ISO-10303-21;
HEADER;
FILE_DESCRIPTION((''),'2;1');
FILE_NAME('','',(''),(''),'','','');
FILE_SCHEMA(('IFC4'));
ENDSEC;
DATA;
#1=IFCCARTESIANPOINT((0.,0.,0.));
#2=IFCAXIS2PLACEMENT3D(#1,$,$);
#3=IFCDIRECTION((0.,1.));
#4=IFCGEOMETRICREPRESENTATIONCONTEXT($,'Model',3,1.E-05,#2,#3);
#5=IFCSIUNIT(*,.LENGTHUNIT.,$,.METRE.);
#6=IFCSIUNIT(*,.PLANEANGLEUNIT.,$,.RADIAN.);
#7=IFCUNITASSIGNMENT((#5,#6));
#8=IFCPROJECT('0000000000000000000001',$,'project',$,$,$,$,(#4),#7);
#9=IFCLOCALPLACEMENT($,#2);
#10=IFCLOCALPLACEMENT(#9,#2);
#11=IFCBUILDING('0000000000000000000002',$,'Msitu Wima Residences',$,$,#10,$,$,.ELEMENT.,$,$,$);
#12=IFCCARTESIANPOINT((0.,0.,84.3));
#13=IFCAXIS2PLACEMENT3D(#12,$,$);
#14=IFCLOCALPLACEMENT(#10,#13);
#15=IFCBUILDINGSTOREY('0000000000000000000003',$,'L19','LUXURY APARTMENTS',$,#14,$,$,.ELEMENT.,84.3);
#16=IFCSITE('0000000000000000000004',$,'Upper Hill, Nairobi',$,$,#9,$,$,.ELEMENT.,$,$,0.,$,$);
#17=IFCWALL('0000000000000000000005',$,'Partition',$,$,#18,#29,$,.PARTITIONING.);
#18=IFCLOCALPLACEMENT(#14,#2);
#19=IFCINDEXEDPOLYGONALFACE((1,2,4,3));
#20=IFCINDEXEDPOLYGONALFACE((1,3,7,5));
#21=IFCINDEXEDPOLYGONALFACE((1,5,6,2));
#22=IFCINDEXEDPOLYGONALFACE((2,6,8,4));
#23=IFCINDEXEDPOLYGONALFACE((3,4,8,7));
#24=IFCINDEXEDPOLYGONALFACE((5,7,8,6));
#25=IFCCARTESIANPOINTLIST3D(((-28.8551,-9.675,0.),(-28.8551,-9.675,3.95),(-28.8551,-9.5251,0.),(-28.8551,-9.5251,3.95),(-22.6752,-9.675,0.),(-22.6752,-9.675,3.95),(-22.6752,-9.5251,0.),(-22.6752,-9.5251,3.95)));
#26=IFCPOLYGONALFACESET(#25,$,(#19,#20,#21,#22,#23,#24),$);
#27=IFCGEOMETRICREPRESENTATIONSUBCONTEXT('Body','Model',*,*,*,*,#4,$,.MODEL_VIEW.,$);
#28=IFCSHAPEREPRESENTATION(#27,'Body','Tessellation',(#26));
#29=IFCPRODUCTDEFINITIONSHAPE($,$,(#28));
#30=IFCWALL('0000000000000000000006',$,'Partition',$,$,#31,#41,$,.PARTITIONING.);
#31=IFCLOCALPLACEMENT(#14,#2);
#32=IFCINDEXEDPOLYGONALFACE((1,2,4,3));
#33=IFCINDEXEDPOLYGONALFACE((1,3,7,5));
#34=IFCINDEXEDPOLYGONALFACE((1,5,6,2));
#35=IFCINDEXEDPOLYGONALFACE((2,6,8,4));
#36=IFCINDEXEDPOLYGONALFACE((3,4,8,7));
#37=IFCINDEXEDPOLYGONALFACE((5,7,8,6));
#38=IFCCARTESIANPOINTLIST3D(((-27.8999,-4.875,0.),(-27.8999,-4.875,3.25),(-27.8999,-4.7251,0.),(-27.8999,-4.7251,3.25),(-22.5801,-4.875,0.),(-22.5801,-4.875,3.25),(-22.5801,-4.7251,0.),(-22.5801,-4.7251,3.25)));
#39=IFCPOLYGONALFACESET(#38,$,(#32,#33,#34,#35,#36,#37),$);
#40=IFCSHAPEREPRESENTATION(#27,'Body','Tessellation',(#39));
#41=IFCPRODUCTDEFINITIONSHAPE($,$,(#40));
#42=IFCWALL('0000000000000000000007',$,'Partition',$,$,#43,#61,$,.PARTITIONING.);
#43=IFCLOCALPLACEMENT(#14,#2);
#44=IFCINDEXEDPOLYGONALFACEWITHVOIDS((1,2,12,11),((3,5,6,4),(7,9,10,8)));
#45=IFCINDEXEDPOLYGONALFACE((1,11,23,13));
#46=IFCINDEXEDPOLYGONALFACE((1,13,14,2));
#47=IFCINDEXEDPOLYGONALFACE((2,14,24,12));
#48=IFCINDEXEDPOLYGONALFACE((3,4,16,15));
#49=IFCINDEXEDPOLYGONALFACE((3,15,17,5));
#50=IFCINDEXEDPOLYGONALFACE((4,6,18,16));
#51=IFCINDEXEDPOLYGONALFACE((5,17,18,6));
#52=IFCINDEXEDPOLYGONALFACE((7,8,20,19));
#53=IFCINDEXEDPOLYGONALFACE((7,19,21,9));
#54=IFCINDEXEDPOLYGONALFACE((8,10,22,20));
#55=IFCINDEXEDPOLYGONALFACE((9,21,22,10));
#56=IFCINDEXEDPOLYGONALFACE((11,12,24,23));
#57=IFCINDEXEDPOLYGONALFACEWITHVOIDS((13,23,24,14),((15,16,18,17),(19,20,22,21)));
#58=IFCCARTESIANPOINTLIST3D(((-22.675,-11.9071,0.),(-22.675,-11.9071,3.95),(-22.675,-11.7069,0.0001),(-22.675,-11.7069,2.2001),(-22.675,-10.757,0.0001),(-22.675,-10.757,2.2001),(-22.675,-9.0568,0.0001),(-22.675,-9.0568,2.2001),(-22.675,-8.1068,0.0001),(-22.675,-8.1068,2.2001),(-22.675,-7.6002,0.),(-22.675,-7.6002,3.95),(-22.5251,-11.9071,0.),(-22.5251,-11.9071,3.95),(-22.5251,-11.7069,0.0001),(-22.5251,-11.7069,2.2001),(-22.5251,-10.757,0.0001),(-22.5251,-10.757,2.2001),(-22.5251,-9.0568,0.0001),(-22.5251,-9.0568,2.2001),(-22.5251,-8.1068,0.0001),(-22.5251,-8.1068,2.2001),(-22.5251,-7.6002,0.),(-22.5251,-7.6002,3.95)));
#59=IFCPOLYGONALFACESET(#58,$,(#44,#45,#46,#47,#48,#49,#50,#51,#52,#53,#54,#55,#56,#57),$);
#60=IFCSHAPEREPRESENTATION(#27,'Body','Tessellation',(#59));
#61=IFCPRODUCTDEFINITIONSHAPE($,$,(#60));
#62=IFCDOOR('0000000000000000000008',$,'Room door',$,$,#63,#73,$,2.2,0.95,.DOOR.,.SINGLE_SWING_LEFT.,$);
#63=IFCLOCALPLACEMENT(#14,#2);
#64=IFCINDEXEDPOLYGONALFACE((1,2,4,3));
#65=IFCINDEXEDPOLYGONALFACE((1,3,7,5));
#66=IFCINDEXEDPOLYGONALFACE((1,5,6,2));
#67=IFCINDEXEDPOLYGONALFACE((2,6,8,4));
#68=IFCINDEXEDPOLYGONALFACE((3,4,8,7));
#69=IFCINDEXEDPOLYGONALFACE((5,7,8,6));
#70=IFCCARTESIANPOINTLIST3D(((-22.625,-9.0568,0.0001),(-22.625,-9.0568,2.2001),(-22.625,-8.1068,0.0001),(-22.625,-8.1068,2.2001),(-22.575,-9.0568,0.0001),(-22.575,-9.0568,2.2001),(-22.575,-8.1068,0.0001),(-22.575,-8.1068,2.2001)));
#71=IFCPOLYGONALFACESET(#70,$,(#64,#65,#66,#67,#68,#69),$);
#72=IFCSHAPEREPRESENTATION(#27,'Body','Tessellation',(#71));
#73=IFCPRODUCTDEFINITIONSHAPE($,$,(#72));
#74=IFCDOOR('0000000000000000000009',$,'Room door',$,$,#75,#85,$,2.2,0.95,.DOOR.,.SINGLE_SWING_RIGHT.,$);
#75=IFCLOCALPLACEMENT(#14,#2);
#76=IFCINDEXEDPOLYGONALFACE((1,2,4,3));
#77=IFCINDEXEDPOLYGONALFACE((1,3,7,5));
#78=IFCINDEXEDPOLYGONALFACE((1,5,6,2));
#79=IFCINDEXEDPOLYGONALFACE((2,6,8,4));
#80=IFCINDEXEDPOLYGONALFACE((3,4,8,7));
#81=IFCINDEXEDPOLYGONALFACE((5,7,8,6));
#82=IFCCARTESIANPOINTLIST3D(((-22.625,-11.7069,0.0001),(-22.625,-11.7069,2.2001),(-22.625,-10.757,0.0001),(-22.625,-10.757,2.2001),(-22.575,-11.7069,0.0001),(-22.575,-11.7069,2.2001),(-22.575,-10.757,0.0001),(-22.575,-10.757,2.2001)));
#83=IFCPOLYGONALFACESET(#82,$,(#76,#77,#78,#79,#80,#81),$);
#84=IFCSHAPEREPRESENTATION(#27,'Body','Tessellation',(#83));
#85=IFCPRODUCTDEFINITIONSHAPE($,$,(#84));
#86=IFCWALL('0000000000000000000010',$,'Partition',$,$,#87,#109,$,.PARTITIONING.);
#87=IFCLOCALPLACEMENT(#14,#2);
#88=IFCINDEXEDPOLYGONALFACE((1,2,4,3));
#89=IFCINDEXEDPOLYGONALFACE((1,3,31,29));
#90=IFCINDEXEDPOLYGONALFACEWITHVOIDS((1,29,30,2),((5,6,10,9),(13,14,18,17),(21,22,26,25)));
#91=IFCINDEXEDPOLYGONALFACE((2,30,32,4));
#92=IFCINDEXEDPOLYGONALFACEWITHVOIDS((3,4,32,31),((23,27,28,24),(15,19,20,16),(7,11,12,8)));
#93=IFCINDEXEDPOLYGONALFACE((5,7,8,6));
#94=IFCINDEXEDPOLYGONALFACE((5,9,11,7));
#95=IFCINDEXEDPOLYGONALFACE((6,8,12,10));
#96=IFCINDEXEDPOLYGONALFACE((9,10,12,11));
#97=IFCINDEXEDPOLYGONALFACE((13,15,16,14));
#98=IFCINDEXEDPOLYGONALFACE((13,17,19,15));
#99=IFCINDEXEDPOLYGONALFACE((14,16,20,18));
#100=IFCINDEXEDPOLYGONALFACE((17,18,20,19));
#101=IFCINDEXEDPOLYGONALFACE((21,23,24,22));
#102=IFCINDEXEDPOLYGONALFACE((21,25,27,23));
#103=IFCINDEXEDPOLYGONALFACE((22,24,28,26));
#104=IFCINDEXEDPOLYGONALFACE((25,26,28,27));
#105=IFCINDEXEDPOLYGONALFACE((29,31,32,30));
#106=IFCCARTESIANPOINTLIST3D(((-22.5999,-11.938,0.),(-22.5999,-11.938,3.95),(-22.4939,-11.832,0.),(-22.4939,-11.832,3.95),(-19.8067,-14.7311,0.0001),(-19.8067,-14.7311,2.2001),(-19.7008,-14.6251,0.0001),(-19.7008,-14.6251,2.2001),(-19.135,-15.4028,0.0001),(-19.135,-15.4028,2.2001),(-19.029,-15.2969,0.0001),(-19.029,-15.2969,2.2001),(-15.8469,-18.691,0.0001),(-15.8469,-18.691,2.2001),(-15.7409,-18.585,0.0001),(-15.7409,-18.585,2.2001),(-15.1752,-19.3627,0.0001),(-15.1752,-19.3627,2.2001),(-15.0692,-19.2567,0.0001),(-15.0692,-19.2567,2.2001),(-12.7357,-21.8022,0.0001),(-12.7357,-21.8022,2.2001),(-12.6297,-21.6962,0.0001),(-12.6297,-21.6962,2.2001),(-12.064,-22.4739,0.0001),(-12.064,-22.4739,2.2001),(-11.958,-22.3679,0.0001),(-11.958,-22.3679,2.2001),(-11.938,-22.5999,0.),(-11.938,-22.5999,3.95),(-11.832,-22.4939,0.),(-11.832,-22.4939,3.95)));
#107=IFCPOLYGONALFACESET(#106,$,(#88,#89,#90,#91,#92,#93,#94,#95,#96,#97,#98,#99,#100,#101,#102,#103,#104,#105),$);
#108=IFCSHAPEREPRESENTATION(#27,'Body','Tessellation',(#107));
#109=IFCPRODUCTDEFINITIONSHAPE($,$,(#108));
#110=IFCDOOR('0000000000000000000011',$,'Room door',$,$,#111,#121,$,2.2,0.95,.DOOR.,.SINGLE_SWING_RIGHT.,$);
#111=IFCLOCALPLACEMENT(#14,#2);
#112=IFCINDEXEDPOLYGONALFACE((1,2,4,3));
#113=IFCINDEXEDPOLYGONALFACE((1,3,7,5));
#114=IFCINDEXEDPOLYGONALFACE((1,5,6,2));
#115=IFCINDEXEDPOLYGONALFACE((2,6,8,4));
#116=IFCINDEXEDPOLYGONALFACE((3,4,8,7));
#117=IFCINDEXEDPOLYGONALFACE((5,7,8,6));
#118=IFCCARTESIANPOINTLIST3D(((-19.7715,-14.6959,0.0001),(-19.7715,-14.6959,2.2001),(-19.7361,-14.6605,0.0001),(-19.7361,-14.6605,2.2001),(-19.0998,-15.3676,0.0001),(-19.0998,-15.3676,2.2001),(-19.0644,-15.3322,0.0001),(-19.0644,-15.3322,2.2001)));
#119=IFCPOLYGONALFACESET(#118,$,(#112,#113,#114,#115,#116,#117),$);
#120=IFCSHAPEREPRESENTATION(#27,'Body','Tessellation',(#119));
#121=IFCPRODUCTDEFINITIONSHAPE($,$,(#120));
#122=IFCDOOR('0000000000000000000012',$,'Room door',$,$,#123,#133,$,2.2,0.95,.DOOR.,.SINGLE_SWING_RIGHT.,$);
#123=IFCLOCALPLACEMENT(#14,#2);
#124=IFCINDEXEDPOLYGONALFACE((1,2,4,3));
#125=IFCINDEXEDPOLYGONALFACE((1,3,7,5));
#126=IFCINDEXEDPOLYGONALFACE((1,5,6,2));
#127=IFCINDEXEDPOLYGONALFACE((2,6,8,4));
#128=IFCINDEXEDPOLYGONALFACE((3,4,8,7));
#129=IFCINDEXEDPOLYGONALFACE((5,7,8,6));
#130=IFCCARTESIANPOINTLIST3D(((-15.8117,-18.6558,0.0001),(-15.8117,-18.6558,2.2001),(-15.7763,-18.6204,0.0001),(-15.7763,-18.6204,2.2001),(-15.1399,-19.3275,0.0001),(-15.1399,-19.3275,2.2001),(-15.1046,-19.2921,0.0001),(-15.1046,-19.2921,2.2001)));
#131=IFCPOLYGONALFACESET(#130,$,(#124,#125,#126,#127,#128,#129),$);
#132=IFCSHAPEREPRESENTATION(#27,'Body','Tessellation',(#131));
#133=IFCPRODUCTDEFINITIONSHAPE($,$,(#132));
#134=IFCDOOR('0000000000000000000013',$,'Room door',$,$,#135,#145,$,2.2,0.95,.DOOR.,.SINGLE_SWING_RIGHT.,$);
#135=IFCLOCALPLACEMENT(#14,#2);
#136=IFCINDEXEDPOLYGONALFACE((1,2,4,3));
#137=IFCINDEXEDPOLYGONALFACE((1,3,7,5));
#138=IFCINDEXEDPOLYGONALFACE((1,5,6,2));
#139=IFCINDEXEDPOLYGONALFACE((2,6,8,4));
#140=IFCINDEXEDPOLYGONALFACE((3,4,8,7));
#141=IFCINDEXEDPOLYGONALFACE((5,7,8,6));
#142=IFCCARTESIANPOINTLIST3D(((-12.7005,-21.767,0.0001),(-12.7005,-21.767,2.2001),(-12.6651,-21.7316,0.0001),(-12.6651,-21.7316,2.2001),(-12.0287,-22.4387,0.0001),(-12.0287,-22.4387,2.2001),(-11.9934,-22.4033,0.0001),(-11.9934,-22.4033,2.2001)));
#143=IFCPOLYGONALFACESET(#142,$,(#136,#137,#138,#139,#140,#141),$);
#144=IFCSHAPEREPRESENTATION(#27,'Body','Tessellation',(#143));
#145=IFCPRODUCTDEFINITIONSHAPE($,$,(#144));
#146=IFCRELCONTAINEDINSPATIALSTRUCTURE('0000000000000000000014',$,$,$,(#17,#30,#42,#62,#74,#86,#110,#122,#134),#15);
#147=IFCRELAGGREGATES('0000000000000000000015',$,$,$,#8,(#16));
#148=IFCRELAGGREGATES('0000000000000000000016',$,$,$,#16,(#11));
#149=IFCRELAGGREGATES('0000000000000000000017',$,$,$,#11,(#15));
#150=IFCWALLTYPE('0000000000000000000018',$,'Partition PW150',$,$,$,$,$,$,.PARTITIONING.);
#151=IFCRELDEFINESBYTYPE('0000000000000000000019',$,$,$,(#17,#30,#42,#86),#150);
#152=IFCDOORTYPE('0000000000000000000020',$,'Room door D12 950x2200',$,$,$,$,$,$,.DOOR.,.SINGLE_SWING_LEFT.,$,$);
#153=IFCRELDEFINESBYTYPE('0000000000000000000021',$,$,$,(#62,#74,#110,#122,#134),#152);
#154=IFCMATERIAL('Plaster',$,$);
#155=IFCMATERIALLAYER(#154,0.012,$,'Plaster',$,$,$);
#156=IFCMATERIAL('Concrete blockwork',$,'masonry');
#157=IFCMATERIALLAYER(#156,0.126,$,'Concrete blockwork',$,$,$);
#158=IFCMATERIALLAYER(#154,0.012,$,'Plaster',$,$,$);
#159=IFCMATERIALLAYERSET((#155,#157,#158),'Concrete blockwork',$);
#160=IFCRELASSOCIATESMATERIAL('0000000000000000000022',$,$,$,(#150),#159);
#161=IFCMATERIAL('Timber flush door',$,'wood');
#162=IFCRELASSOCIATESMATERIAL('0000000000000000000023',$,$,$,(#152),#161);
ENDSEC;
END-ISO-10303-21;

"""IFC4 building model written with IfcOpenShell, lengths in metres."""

from ifc_helpers import new_model, si_unit, direction, frame, frame_2d, origin, place, context, subcontext, project, spatial, rectangle, extrude, material, layer, layer_set, type_object, element, fill, save


model = new_model("IFC4")

# Units and contexts
model_context = context("Model", 3, precision=1e-05, world=origin(), true_north=direction((0.0, 1.0)))
body_context = subcontext(model_context, "Body", "Model", "MODEL_VIEW")
ifc_project = project(units=[si_unit("LENGTHUNIT", "METRE"), si_unit("PLANEANGLEUNIT", "RADIAN")], contexts=[model_context])

# Site, building, storey
site_placement = place(None, origin())
site = spatial("IfcSite", under=ifc_project, at=site_placement, Name="Upper Hill, Nairobi", CompositionType="ELEMENT", RefElevation=0.0)
building_placement = place(site_placement, origin())
building = spatial("IfcBuilding", under=site, at=building_placement, Name="Msitu Wima Residences", CompositionType="ELEMENT")
storey_placement = place(building_placement, frame((0.0, 0.0, 84.3)))
storey = spatial("IfcBuildingStorey", under=building, at=storey_placement, Name="L19", Description="LUXURY APARTMENTS", CompositionType="ELEMENT", Elevation=84.3)

# Walls
ifc_material_1 = material(Name="Plaster")
ifc_layer_1 = layer(ifc_material_1, 0.012, Name="Plaster")
ifc_material_2 = material(Name="Concrete blockwork", Category="masonry")
ifc_layer_2 = layer(ifc_material_2, 0.126, Name="Concrete blockwork")
ifc_layer_3 = layer(ifc_material_1, 0.012, Name="Plaster")
ifc_layer_set_1 = layer_set([ifc_layer_1, ifc_layer_2, ifc_layer_3], Name="Concrete blockwork")
wall_type_1 = type_object("IfcWallType", Name="Partition PW150", PredefinedType="PARTITIONING", material=ifc_layer_set_1)
wall_1_placement = place(storey_placement, frame((-28.855, -9.6001, 0.0), z_axis=(0.0, 0.0, 1.0), x_axis=(1.0, 0.0, 0.0)))
element("IfcWall", 1, at=wall_1_placement, inside=storey, type_object=wall_type_1, Name="Partition", PredefinedType="PARTITIONING", context=body_context, shape_type="SweptSolid", body=[
    extrude(rectangle(XDim=6.1799, YDim=0.1499, at=frame_2d((3.0898, 0.0))), origin(), (0.0, 0.0, 1.0), 3.95),
])
wall_2_placement = place(storey_placement, frame((-27.8999, -4.8, 0.0), z_axis=(0.0, 0.0, 1.0), x_axis=(1.0, 0.0, 0.0)))
element("IfcWall", 2, at=wall_2_placement, inside=storey, type_object=wall_type_1, Name="Partition", PredefinedType="PARTITIONING", context=body_context, shape_type="SweptSolid", body=[
    extrude(rectangle(XDim=5.3198, YDim=0.1499, at=frame_2d((2.6599, 0.0))), origin(), (0.0, 0.0, 1.0), 3.25),
])

# Walls, openings, doors
wall_3_placement = place(storey_placement, frame((-22.6001, -11.907, 0.0), z_axis=(0.0, 0.0, 1.0), x_axis=(0.0, 1.0, 0.0)))
wall_3 = element("IfcWall", 3, at=wall_3_placement, inside=storey, type_object=wall_type_1, Name="Partition", PredefinedType="PARTITIONING", context=body_context, shape_type="SweptSolid", body=[
    extrude(rectangle(XDim=4.3069, YDim=0.1499, at=frame_2d((2.1533, 0.0))), origin(), (0.0, 0.0, 1.0), 3.95),
])
opening_1_placement = place(wall_3_placement, frame((2.8501, 0.0, 0.0)))
opening_1 = element("IfcOpeningElement", 4, at=opening_1_placement, cuts=wall_3, PredefinedType="OPENING", context=body_context, shape_type="SweptSolid", body=[
    extrude(rectangle(XDim=0.95, YDim=2.2, at=frame_2d((0.4751, 1.1001))), frame((0.0, 0.085, 0.0), z_axis=(0.0, -1.0, 0.0), x_axis=(1.0, 0.0, 0.0)), (0.0, 0.0, 1.0), 0.1699),
])
opening_2_placement = place(wall_3_placement, frame((0.2, 0.0, 0.0)))
opening_2 = element("IfcOpeningElement", 5, at=opening_2_placement, cuts=wall_3, PredefinedType="OPENING", context=body_context, shape_type="SweptSolid", body=[
    extrude(rectangle(XDim=0.95, YDim=2.2, at=frame_2d((0.4751, 1.1001))), frame((0.0, 0.085, 0.0), z_axis=(0.0, -1.0, 0.0), x_axis=(1.0, 0.0, 0.0)), (0.0, 0.0, 1.0), 0.1699),
])
ifc_material_3 = material(Name="Timber flush door", Category="wood")
door_type_1 = type_object("IfcDoorType", Name="Room door D12 950x2200", OperationType="SINGLE_SWING_LEFT", PredefinedType="DOOR", material=ifc_material_3)
door_1_placement = place(opening_1_placement, origin())
door_1 = element("IfcDoor", 6, at=door_1_placement, inside=storey, type_object=door_type_1, Name="Room door", OperationType="SINGLE_SWING_LEFT", OverallHeight=2.2, OverallWidth=0.95, PredefinedType="DOOR", context=body_context, shape_type="SweptSolid", body=[
    extrude(rectangle(XDim=0.95, YDim=2.2, at=frame_2d((0.4751, 1.1001))), frame((0.0, 0.0249, 0.0), z_axis=(0.0, -1.0, 0.0), x_axis=(1.0, 0.0, 0.0)), (0.0, 0.0, 1.0), 0.05),
])
fill(opening_1, door_1)
door_2_placement = place(opening_2_placement, origin())
door_2 = element("IfcDoor", 7, at=door_2_placement, inside=storey, type_object=door_type_1, Name="Room door", OperationType="SINGLE_SWING_RIGHT", OverallHeight=2.2, OverallWidth=0.95, PredefinedType="DOOR", context=body_context, shape_type="SweptSolid", body=[
    extrude(rectangle(XDim=0.95, YDim=2.2, at=frame_2d((0.4751, 1.1001))), frame((0.0, 0.0249, 0.0), z_axis=(0.0, -1.0, 0.0), x_axis=(1.0, 0.0, 0.0)), (0.0, 0.0, 1.0), 0.05),
])
fill(opening_2, door_2)
wall_4_placement = place(storey_placement, frame((-22.5469, -11.885, 0.0), z_axis=(0.0, 0.0, 1.0), x_axis=(0.707107, -0.707107, 0.0)))
wall_4 = element("IfcWall", 8, at=wall_4_placement, inside=storey, type_object=wall_type_1, Name="Partition", PredefinedType="PARTITIONING", context=body_context, shape_type="SweptSolid", body=[
    extrude(rectangle(XDim=15.0781, YDim=0.1499, at=frame_2d((7.5391, 0.0))), origin(), (0.0, 0.0, 1.0), 3.95),
])
opening_3_placement = place(wall_4_placement, frame((3.95, 0.0, 0.0)))
opening_3 = element("IfcOpeningElement", 9, at=opening_3_placement, cuts=wall_4, PredefinedType="OPENING", context=body_context, shape_type="SweptSolid", body=[
    extrude(rectangle(XDim=0.95, YDim=2.2, at=frame_2d((0.4751, 1.1001))), frame((0.0, 0.085, 0.0), z_axis=(0.0, -1.0, 0.0), x_axis=(1.0, 0.0, 0.0)), (0.0, 0.0, 1.0), 0.1699),
])
opening_4_placement = place(wall_4_placement, frame((9.55, 0.0, 0.0)))
opening_4 = element("IfcOpeningElement", 10, at=opening_4_placement, cuts=wall_4, PredefinedType="OPENING", context=body_context, shape_type="SweptSolid", body=[
    extrude(rectangle(XDim=0.95, YDim=2.2, at=frame_2d((0.4751, 1.1001))), frame((0.0, 0.085, 0.0), z_axis=(0.0, -1.0, 0.0), x_axis=(1.0, 0.0, 0.0)), (0.0, 0.0, 1.0), 0.1699),
])
opening_5_placement = place(wall_4_placement, frame((13.95, 0.0, 0.0)))
opening_5 = element("IfcOpeningElement", 11, at=opening_5_placement, cuts=wall_4, PredefinedType="OPENING", context=body_context, shape_type="SweptSolid", body=[
    extrude(rectangle(XDim=0.95, YDim=2.2, at=frame_2d((0.4751, 1.1001))), frame((0.0, 0.085, 0.0), z_axis=(0.0, -1.0, 0.0), x_axis=(1.0, 0.0, 0.0)), (0.0, 0.0, 1.0), 0.1699),
])
door_3_placement = place(opening_3_placement, origin())
door_3 = element("IfcDoor", 12, at=door_3_placement, inside=storey, type_object=door_type_1, Name="Room door", OperationType="SINGLE_SWING_RIGHT", OverallHeight=2.2, OverallWidth=0.95, PredefinedType="DOOR", context=body_context, shape_type="SweptSolid", body=[
    extrude(rectangle(XDim=0.95, YDim=2.2, at=frame_2d((0.4751, 1.1001))), frame((0.0, 0.0249, 0.0), z_axis=(0.0, -1.0, 0.0), x_axis=(1.0, 0.0, 0.0)), (0.0, 0.0, 1.0), 0.05),
])
fill(opening_3, door_3)
door_4_placement = place(opening_4_placement, origin())
door_4 = element("IfcDoor", 13, at=door_4_placement, inside=storey, type_object=door_type_1, Name="Room door", OperationType="SINGLE_SWING_RIGHT", OverallHeight=2.2, OverallWidth=0.95, PredefinedType="DOOR", context=body_context, shape_type="SweptSolid", body=[
    extrude(rectangle(XDim=0.95, YDim=2.2, at=frame_2d((0.4751, 1.1001))), frame((0.0, 0.0249, 0.0), z_axis=(0.0, -1.0, 0.0), x_axis=(1.0, 0.0, 0.0)), (0.0, 0.0, 1.0), 0.05),
])
fill(opening_4, door_4)
door_5_placement = place(opening_5_placement, origin())
door_5 = element("IfcDoor", 14, at=door_5_placement, inside=storey, type_object=door_type_1, Name="Room door", OperationType="SINGLE_SWING_RIGHT", OverallHeight=2.2, OverallWidth=0.95, PredefinedType="DOOR", context=body_context, shape_type="SweptSolid", body=[
    extrude(rectangle(XDim=0.95, YDim=2.2, at=frame_2d((0.4751, 1.1001))), frame((0.0, 0.0249, 0.0), z_axis=(0.0, -1.0, 0.0), x_axis=(1.0, 0.0, 0.0)), (0.0, 0.0, 1.0), 0.05),
])
fill(opening_5, door_5)

save(model, "model.ifc")
